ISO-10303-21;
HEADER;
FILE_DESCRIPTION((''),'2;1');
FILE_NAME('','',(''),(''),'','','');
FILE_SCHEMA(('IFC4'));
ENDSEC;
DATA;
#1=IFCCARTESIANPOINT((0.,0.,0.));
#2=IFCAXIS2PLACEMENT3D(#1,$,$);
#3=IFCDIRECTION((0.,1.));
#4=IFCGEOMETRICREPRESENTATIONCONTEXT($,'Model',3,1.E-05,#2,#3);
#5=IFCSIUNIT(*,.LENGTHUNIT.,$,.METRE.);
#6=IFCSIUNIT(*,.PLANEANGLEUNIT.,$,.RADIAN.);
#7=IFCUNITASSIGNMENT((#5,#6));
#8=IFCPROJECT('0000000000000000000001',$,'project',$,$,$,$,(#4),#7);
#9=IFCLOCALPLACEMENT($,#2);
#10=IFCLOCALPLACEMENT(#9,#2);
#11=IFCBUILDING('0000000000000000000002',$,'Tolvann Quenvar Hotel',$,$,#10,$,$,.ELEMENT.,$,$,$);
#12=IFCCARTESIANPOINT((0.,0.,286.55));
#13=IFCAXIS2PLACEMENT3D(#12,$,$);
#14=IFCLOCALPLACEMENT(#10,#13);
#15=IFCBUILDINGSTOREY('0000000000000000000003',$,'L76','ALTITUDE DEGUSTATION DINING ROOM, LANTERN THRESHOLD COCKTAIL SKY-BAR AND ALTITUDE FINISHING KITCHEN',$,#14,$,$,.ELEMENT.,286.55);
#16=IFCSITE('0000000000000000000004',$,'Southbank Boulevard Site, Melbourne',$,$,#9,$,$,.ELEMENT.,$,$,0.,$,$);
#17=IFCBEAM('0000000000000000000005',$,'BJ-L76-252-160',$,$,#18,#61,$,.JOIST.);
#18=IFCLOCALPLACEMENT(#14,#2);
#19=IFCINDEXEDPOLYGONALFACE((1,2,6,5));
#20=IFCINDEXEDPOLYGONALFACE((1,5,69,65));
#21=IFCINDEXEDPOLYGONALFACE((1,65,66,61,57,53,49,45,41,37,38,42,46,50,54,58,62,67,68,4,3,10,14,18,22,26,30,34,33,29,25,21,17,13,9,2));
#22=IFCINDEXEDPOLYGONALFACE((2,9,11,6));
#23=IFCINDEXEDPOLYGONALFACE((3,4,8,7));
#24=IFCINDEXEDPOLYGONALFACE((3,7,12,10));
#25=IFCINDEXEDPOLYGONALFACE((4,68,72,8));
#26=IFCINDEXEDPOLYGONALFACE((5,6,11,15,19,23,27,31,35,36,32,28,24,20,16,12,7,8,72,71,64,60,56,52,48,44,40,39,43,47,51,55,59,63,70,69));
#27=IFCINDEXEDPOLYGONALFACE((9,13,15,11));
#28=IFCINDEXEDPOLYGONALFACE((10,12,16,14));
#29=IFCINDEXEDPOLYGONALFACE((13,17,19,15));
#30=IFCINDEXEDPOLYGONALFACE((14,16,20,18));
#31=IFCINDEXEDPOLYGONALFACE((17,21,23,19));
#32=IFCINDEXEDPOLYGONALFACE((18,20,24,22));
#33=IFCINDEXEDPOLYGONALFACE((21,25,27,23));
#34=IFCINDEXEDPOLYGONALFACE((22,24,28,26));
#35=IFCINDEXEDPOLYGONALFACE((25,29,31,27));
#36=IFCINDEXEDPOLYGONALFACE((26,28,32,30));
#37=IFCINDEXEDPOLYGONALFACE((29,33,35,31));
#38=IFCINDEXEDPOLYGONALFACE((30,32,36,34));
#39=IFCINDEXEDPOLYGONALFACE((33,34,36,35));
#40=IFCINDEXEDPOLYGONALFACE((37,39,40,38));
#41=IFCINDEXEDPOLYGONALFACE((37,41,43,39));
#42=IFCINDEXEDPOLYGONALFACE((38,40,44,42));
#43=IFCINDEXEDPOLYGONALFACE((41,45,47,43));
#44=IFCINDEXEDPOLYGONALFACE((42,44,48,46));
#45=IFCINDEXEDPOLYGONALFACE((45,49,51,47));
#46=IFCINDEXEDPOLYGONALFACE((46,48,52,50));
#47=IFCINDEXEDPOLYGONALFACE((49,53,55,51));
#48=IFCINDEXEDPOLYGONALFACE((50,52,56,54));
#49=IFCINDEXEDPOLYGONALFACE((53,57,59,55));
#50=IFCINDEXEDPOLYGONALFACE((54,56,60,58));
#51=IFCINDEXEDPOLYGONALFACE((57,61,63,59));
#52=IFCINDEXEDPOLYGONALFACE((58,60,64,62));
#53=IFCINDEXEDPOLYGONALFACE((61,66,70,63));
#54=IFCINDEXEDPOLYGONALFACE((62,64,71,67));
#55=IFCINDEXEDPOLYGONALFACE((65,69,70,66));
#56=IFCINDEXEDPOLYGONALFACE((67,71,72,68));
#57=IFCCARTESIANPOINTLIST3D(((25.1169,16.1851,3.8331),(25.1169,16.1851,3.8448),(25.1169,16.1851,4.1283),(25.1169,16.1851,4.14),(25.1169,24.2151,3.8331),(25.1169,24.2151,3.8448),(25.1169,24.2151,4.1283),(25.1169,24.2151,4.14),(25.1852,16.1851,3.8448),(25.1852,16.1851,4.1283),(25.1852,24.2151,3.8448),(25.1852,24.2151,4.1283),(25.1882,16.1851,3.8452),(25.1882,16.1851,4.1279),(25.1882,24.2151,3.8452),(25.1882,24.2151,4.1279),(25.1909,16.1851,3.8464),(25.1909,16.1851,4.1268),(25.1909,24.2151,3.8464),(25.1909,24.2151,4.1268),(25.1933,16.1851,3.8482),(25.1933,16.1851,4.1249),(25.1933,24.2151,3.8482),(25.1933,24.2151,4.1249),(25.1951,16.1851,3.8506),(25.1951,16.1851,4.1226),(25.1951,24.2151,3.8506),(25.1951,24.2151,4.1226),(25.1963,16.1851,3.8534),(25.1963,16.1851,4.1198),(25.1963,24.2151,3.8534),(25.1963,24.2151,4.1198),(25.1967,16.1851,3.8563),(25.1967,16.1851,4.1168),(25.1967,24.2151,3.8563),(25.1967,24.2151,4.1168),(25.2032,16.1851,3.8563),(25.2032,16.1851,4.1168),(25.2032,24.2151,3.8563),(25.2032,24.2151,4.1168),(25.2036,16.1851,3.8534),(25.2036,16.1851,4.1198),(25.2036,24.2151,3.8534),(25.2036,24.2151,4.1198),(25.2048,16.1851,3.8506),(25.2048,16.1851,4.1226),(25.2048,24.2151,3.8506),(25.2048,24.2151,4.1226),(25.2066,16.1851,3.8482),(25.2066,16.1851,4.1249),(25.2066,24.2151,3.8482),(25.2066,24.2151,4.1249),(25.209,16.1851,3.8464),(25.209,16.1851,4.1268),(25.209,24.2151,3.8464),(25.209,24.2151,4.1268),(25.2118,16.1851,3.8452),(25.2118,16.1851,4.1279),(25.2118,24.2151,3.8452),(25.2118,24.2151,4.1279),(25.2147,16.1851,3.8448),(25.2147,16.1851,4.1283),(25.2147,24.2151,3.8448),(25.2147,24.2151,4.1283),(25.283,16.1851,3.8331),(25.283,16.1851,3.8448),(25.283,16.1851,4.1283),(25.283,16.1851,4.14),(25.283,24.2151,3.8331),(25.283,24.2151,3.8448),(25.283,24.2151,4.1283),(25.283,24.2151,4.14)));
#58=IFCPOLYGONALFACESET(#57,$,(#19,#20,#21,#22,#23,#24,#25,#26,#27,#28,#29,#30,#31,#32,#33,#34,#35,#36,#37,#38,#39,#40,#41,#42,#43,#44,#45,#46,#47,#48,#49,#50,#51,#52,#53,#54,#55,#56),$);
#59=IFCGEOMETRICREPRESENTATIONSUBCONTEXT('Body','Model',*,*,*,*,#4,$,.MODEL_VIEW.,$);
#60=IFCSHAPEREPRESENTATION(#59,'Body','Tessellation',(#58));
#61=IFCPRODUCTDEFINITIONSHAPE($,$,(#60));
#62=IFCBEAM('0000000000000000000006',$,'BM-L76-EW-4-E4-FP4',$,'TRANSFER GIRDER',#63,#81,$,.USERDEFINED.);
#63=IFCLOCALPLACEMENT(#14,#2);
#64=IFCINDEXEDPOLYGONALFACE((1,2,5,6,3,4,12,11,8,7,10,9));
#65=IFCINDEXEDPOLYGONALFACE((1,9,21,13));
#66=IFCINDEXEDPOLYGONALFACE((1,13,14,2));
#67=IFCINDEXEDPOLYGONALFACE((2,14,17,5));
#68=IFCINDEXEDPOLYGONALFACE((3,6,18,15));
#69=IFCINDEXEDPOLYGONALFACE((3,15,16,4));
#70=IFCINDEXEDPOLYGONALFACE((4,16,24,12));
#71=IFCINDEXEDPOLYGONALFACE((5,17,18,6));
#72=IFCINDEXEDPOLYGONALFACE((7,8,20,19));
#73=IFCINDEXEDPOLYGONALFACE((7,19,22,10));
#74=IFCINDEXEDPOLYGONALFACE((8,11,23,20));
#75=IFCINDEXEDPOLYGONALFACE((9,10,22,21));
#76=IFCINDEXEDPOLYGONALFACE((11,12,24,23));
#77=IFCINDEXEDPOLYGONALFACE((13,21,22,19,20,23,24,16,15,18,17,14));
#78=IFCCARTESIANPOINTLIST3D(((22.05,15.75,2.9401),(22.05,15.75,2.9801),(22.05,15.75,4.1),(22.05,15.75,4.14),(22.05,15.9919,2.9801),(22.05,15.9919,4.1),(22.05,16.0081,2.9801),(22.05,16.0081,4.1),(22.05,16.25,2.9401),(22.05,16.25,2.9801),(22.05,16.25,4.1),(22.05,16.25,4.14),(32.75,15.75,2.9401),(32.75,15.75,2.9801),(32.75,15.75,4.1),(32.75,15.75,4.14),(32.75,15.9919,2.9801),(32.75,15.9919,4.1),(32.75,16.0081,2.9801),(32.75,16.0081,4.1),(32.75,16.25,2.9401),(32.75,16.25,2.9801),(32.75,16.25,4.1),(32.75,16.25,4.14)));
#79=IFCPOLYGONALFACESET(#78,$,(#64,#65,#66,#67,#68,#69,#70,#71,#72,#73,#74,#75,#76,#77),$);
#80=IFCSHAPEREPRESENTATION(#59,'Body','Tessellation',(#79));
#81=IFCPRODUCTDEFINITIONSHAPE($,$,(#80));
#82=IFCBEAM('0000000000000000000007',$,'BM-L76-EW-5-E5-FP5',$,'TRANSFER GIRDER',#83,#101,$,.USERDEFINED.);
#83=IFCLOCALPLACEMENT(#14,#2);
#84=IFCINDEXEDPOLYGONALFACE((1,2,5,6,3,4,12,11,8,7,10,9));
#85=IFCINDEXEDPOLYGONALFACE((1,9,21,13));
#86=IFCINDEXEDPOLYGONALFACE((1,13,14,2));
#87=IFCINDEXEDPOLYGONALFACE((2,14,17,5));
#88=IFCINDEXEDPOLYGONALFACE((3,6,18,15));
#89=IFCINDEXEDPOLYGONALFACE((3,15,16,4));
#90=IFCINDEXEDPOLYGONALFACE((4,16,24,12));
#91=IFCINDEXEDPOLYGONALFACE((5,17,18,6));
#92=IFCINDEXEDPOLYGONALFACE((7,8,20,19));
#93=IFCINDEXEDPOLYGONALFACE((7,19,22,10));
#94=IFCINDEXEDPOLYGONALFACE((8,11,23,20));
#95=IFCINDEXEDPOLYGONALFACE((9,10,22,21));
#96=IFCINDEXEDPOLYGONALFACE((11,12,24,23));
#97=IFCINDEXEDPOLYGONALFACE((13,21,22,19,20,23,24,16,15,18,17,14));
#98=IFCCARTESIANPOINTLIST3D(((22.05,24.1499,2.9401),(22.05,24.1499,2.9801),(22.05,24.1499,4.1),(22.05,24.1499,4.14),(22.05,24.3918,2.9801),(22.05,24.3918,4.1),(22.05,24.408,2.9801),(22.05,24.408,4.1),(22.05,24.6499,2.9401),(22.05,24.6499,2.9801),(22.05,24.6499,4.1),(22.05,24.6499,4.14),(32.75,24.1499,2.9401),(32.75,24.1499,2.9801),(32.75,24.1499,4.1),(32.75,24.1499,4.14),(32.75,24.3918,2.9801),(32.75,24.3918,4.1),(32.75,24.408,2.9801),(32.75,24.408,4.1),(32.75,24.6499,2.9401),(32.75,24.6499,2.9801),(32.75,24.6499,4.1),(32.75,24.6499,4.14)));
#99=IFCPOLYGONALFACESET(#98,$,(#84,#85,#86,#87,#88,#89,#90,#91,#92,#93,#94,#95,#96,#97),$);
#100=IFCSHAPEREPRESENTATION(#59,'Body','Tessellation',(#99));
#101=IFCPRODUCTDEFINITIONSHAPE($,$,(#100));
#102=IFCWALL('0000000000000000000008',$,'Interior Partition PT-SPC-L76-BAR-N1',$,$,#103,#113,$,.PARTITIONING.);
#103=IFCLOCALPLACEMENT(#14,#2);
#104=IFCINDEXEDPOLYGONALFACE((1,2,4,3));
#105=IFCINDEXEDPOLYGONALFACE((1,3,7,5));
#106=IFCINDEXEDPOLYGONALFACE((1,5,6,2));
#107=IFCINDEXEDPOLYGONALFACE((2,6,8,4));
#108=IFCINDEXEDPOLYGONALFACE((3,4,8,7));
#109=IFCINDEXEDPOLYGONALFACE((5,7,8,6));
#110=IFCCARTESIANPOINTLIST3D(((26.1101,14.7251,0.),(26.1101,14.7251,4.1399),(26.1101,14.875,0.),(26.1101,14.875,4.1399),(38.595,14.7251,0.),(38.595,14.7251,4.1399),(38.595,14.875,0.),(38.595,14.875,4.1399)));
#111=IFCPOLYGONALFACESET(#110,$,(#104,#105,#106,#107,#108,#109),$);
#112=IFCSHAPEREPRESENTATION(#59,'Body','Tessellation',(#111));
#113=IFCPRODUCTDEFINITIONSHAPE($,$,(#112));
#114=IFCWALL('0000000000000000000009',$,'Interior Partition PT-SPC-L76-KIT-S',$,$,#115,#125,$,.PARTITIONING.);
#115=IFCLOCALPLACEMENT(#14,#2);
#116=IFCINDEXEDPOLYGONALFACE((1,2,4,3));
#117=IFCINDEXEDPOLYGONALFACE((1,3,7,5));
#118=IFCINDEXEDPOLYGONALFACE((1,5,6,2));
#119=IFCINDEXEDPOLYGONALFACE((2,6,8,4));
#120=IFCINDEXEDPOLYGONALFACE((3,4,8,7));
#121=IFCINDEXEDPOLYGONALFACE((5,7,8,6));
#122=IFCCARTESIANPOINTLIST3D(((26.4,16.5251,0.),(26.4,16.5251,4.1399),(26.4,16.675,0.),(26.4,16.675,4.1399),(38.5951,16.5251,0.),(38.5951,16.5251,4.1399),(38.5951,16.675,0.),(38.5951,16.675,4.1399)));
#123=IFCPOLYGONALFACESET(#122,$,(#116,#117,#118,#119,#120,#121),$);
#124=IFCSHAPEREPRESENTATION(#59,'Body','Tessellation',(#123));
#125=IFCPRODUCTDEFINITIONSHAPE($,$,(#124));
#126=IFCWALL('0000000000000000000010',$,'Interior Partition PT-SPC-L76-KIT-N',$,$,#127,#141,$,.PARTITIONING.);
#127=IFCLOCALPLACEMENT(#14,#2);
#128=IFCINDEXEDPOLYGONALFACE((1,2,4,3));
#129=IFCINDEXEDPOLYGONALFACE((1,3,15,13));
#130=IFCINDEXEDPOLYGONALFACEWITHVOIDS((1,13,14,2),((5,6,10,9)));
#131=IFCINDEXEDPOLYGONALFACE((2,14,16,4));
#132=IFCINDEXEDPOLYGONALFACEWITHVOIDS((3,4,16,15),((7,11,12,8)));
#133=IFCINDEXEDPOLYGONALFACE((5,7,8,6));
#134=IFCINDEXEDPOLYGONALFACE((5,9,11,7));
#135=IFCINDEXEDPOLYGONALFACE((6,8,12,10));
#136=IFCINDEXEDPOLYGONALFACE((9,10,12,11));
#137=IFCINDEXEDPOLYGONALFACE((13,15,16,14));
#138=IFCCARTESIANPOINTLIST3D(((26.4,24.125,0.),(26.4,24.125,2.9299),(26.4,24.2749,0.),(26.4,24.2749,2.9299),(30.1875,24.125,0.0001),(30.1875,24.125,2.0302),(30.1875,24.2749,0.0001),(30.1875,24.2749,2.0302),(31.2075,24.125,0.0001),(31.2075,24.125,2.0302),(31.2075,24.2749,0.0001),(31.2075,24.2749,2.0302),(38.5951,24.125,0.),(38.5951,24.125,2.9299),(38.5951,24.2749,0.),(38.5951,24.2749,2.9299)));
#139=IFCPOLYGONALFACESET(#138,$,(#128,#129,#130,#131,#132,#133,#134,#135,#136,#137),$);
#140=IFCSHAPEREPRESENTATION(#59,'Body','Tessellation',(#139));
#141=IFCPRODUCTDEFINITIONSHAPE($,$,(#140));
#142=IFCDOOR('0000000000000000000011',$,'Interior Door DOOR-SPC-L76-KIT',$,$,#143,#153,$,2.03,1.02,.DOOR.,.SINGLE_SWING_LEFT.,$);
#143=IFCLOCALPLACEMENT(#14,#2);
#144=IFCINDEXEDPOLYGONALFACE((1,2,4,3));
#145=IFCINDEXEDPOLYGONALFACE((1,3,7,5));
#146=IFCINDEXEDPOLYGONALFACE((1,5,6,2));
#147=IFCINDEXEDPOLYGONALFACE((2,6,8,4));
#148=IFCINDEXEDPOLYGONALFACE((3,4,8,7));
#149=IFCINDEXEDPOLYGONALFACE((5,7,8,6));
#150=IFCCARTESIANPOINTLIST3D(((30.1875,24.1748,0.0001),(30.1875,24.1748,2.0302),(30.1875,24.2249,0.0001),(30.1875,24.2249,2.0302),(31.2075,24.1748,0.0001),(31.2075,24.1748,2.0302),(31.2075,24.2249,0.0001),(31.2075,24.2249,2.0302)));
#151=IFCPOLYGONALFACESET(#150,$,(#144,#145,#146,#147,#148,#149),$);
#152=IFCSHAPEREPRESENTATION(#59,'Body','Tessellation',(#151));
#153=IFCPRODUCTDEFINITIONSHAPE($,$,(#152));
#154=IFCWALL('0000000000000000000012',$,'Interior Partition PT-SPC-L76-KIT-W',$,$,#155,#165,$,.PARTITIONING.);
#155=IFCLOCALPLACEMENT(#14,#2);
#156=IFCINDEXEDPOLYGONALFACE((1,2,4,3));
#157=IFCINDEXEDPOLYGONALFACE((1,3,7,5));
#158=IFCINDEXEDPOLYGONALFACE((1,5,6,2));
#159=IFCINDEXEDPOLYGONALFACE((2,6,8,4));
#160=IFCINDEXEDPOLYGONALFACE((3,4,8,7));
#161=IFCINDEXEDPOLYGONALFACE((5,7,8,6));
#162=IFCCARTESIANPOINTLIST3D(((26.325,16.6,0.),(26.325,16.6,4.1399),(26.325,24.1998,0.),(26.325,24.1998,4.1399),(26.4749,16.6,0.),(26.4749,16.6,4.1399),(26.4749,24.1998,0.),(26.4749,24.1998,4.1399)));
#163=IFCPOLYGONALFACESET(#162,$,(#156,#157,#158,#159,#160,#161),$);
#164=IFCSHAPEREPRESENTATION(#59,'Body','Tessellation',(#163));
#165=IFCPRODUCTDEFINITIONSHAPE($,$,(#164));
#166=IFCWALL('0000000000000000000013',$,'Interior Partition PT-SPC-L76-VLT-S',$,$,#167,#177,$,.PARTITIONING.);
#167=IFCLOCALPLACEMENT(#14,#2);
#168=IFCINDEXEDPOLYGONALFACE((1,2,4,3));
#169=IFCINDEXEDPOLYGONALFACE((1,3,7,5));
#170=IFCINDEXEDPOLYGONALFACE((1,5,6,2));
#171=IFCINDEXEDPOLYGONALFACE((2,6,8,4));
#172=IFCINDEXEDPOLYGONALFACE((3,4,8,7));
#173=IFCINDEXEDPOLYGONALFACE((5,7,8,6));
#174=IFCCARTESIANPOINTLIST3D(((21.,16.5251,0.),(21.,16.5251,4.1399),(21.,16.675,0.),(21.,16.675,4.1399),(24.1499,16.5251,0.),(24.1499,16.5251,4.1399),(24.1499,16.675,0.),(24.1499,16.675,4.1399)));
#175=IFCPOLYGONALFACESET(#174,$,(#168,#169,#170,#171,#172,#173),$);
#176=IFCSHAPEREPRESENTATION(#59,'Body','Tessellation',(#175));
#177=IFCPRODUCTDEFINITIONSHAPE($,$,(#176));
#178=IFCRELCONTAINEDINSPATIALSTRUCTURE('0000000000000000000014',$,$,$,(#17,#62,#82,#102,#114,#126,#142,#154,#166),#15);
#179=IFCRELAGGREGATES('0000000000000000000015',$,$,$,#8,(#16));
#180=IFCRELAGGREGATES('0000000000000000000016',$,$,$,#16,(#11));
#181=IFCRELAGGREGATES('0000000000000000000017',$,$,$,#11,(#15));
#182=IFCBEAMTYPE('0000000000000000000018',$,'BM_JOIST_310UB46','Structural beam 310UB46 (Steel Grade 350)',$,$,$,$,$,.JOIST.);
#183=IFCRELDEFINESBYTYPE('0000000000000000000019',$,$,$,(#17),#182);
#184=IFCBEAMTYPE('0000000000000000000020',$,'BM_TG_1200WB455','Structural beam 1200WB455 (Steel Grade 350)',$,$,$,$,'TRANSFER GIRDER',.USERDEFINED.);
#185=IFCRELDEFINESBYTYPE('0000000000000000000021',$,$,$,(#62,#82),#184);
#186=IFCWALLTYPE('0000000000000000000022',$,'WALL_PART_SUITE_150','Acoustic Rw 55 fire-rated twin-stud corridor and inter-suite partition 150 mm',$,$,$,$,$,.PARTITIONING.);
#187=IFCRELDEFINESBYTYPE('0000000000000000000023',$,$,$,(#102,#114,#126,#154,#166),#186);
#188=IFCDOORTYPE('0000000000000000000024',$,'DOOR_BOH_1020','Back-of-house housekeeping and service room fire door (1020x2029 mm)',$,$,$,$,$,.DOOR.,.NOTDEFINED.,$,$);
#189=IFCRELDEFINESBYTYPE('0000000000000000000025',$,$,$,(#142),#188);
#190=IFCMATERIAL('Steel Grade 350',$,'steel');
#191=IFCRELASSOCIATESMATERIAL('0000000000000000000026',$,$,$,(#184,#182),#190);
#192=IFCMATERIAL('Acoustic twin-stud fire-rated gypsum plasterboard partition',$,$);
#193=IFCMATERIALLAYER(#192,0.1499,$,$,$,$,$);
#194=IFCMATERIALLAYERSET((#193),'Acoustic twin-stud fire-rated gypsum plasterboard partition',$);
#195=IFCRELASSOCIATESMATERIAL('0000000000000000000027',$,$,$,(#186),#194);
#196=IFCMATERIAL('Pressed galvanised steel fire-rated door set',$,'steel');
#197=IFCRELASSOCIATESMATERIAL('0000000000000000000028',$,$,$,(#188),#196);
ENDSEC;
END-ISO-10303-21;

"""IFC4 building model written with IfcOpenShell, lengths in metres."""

from ifc_helpers import new_model, si_unit, direction, frame, frame_2d, origin, origin_2d, place, context, subcontext, project, spatial, rectangle, i_section, extrude, source, transform, mapped, material, layer, layer_set, material_profile, profile_set, type_object, type_shapes, element, fill, save


model = new_model("IFC4")

# Units and contexts
model_context = context("Model", 3, precision=1e-05, world=origin(), true_north=direction((0.0, 1.0)))
body_context = subcontext(model_context, "Body", "Model", "MODEL_VIEW")
ifc_project = project(units=[si_unit("LENGTHUNIT", "METRE"), si_unit("PLANEANGLEUNIT", "RADIAN")], contexts=[model_context])

# Site, building, storey
site_placement = place(None, origin())
site = spatial("IfcSite", under=ifc_project, at=site_placement, Name="Southbank Boulevard Site, Melbourne", CompositionType="ELEMENT", RefElevation=0.0)
building_placement = place(site_placement, origin())
building = spatial("IfcBuilding", under=site, at=building_placement, Name="Tolvann Quenvar Hotel", CompositionType="ELEMENT")
storey_placement = place(building_placement, frame((0.0, 0.0, 286.55)))
storey = spatial("IfcBuildingStorey", under=building, at=storey_placement, Name="L76", Description="ALTITUDE DEGUSTATION DINING ROOM, LANTERN THRESHOLD COCKTAIL SKY-BAR AND ALTITUDE FINISHING KITCHEN", CompositionType="ELEMENT", Elevation=286.55)

# Shared definitions
ifc_material_1 = material(Name="Steel Grade 350", Category="steel")

# Beams
ifc_material_profile_1 = material_profile(ifc_material_1, i_section(OverallWidth=0.5, OverallDepth=1.2, WebThickness=0.0161, FlangeThickness=0.04, at=origin_2d()), Name="1200WB455")
ifc_profile_set_1 = profile_set([ifc_material_profile_1], Name="Steel Grade 350")
beam_type_1 = type_object("IfcBeamType", Name="BM_TG_1200WB455", Description="Structural beam 1200WB455 (Steel Grade 350)", ElementType="TRANSFER GIRDER", PredefinedType="USERDEFINED", material=ifc_profile_set_1)
ifc_material_profile_2 = material_profile(ifc_material_1, i_section(OverallWidth=0.166, OverallDepth=0.3069, WebThickness=0.0066, FlangeThickness=0.0117, FilletRadius=0.0115, at=origin_2d()), Name="310UB46")
ifc_profile_set_2 = profile_set([ifc_material_profile_2], Name="Steel Grade 350")
beam_type_2 = type_object("IfcBeamType", Name="BM_JOIST_310UB46", Description="Structural beam 310UB46 (Steel Grade 350)", PredefinedType="JOIST", material=ifc_profile_set_2)
shared_shape_1 = source(origin(), body_context, "Body", "SweptSolid", [
    extrude(i_section(OverallWidth=0.166, OverallDepth=0.3069, WebThickness=0.0066, FlangeThickness=0.0117, FilletRadius=0.0115, at=origin_2d()), origin(), (0.0, 0.0, 1.0), 8.03),
])
type_shapes(beam_type_2, [shared_shape_1])
beam_placement = place(storey_placement, frame((25.2, 16.1851, 3.9866), z_axis=(0.0, 1.0, 0.0), x_axis=(-1.0, 0.0, 0.0)))
element("IfcBeam", 1, at=beam_placement, inside=storey, type_object=beam_type_2, Name="BJ-L76-252-160", PredefinedType="JOIST", context=body_context, shape_type="MappedRepresentation", body=[
    mapped(shared_shape_1, transform((0.0, 0.0, 0.0), x_axis=(1.0, 0.0, 0.0), y_axis=(0.0, 1.0, 0.0), z_axis=(0.0, 0.0, 1.0), scale=1.0)),
])
shared_shape_2 = source(origin(), body_context, "Body", "SweptSolid", [
    extrude(i_section(OverallWidth=0.5, OverallDepth=1.2, WebThickness=0.0161, FlangeThickness=0.04, at=origin_2d()), origin(), (0.0, 0.0, 1.0), 10.7),
])
for number, where, z_axis, x_axis, name in (
    (2, (22.05, 16.0, 3.54), (1.0, 0.0, 0.0), (0.0, 1.0, 0.0), "BM-L76-EW-4-E4-FP4"),
    (3, (22.05, 24.3999, 3.54), (1.0, 0.0, 0.0), (0.0, 1.0, 0.0), "BM-L76-EW-5-E5-FP5"),
):
    element("IfcBeam", number, at=place(storey_placement, frame(where, z_axis=z_axis, x_axis=x_axis)), inside=storey, type_object=beam_type_1, Name=name, ObjectType="TRANSFER GIRDER", PredefinedType="USERDEFINED", context=body_context, shape_type="MappedRepresentation", body=[
        mapped(shared_shape_2, transform((0.0, 0.0, 0.0), x_axis=(1.0, 0.0, 0.0), y_axis=(0.0, 1.0, 0.0), z_axis=(0.0, 0.0, 1.0), scale=1.0)),
    ])

# Walls
ifc_material_2 = material(Name="Acoustic twin-stud fire-rated gypsum plasterboard partition")
ifc_layer = layer(ifc_material_2, 0.1499)
ifc_layer_set = layer_set([ifc_layer], Name="Acoustic twin-stud fire-rated gypsum plasterboard partition")
wall_type = type_object("IfcWallType", Name="WALL_PART_SUITE_150", Description="Acoustic Rw 55 fire-rated twin-stud corridor and inter-suite partition 150 mm", PredefinedType="PARTITIONING", material=ifc_layer_set)
wall_1_placement = place(storey_placement, frame((26.1101, 14.8, 0.0), z_axis=(0.0, 0.0, 1.0), x_axis=(1.0, 0.0, 0.0)))
element("IfcWall", 4, at=wall_1_placement, inside=storey, type_object=wall_type, Name="Interior Partition PT-SPC-L76-BAR-N1", PredefinedType="PARTITIONING", context=body_context, shape_type="SweptSolid", body=[
    extrude(rectangle(XDim=12.4849, YDim=0.1499, at=frame_2d((6.2424, 0.0))), origin(), (0.0, 0.0, 1.0), 4.1399),
])
wall_2_placement = place(storey_placement, frame((26.3999, 16.6001, 0.0), z_axis=(0.0, 0.0, 1.0), x_axis=(1.0, 0.0, 0.0)))
element("IfcWall", 5, at=wall_2_placement, inside=storey, type_object=wall_type, Name="Interior Partition PT-SPC-L76-KIT-S", PredefinedType="PARTITIONING", context=body_context, shape_type="SweptSolid", body=[
    extrude(rectangle(XDim=12.1951, YDim=0.1499, at=frame_2d((6.0977, 0.0))), origin(), (0.0, 0.0, 1.0), 4.1399),
])

# Wall, opening, door
wall_3_placement = place(storey_placement, frame((26.3999, 24.2, 0.0), z_axis=(0.0, 0.0, 1.0), x_axis=(1.0, 0.0, 0.0)))
wall_3 = element("IfcWall", 6, at=wall_3_placement, inside=storey, type_object=wall_type, Name="Interior Partition PT-SPC-L76-KIT-N", PredefinedType="PARTITIONING", context=body_context, shape_type="SweptSolid", body=[
    extrude(rectangle(XDim=12.1951, YDim=0.1499, at=frame_2d((6.0977, 0.0))), origin(), (0.0, 0.0, 1.0), 2.9299),
])
opening_1_placement = place(wall_3_placement, frame((3.7876, 0.0, 0.0)))
opening_1 = element("IfcOpeningElement", 7, at=opening_1_placement, cuts=wall_3, PredefinedType="OPENING", context=body_context, shape_type="SweptSolid", body=[
    extrude(rectangle(XDim=1.02, YDim=2.03, at=frame_2d((0.51, 1.0151))), frame((0.0, 0.085, 0.0), z_axis=(0.0, -1.0, 0.0), x_axis=(1.0, 0.0, 0.0)), (0.0, 0.0, 1.0), 0.1699),
])
ifc_material_3 = material(Name="Pressed galvanised steel fire-rated door set", Category="steel")
door_type = type_object("IfcDoorType", Name="DOOR_BOH_1020", Description="Back-of-house housekeeping and service room fire door (1020x2029 mm)", OperationType="NOTDEFINED", PredefinedType="DOOR", material=ifc_material_3)
shared_shape_3 = source(origin(), body_context, "Body", "SweptSolid", [
    extrude(rectangle(XDim=1.02, YDim=2.03, at=frame_2d((0.51, 1.0151))), frame((0.0, 0.0249, 0.0), z_axis=(0.0, -1.0, 0.0), x_axis=(1.0, 0.0, 0.0)), (0.0, 0.0, 1.0), 0.05),
])
type_shapes(door_type, [shared_shape_3])
door_1_placement = place(opening_1_placement, origin())
door_1 = element("IfcDoor", 8, at=door_1_placement, inside=storey, type_object=door_type, Name="Interior Door DOOR-SPC-L76-KIT", OperationType="SINGLE_SWING_LEFT", OverallHeight=2.03, OverallWidth=1.02, PredefinedType="DOOR", context=body_context, shape_type="MappedRepresentation", body=[
    mapped(shared_shape_3, transform((0.0, 0.0, 0.0), x_axis=(1.0, 0.0, 0.0), y_axis=(0.0, 1.0, 0.0), z_axis=(0.0, 0.0, 1.0), scale=1.0)),
])
fill(opening_1, door_1)

# Walls
wall_4_placement = place(storey_placement, frame((26.3999, 16.6001, 0.0), z_axis=(0.0, 0.0, 1.0), x_axis=(0.0, 1.0, 0.0)))
element("IfcWall", 9, at=wall_4_placement, inside=storey, type_object=wall_type, Name="Interior Partition PT-SPC-L76-KIT-W", PredefinedType="PARTITIONING", context=body_context, shape_type="SweptSolid", body=[
    extrude(rectangle(XDim=7.5999, YDim=0.1499, at=frame_2d((3.7998, 0.0))), origin(), (0.0, 0.0, 1.0), 4.1399),
])
wall_5_placement = place(storey_placement, frame((21.0, 16.6001, 0.0), z_axis=(0.0, 0.0, 1.0), x_axis=(1.0, 0.0, 0.0)))
element("IfcWall", 10, at=wall_5_placement, inside=storey, type_object=wall_type, Name="Interior Partition PT-SPC-L76-VLT-S", PredefinedType="PARTITIONING", context=body_context, shape_type="SweptSolid", body=[
    extrude(rectangle(XDim=3.1499, YDim=0.1499, at=frame_2d((1.575, 0.0))), origin(), (0.0, 0.0, 1.0), 4.1399),
])

save(model, "model.ifc")
